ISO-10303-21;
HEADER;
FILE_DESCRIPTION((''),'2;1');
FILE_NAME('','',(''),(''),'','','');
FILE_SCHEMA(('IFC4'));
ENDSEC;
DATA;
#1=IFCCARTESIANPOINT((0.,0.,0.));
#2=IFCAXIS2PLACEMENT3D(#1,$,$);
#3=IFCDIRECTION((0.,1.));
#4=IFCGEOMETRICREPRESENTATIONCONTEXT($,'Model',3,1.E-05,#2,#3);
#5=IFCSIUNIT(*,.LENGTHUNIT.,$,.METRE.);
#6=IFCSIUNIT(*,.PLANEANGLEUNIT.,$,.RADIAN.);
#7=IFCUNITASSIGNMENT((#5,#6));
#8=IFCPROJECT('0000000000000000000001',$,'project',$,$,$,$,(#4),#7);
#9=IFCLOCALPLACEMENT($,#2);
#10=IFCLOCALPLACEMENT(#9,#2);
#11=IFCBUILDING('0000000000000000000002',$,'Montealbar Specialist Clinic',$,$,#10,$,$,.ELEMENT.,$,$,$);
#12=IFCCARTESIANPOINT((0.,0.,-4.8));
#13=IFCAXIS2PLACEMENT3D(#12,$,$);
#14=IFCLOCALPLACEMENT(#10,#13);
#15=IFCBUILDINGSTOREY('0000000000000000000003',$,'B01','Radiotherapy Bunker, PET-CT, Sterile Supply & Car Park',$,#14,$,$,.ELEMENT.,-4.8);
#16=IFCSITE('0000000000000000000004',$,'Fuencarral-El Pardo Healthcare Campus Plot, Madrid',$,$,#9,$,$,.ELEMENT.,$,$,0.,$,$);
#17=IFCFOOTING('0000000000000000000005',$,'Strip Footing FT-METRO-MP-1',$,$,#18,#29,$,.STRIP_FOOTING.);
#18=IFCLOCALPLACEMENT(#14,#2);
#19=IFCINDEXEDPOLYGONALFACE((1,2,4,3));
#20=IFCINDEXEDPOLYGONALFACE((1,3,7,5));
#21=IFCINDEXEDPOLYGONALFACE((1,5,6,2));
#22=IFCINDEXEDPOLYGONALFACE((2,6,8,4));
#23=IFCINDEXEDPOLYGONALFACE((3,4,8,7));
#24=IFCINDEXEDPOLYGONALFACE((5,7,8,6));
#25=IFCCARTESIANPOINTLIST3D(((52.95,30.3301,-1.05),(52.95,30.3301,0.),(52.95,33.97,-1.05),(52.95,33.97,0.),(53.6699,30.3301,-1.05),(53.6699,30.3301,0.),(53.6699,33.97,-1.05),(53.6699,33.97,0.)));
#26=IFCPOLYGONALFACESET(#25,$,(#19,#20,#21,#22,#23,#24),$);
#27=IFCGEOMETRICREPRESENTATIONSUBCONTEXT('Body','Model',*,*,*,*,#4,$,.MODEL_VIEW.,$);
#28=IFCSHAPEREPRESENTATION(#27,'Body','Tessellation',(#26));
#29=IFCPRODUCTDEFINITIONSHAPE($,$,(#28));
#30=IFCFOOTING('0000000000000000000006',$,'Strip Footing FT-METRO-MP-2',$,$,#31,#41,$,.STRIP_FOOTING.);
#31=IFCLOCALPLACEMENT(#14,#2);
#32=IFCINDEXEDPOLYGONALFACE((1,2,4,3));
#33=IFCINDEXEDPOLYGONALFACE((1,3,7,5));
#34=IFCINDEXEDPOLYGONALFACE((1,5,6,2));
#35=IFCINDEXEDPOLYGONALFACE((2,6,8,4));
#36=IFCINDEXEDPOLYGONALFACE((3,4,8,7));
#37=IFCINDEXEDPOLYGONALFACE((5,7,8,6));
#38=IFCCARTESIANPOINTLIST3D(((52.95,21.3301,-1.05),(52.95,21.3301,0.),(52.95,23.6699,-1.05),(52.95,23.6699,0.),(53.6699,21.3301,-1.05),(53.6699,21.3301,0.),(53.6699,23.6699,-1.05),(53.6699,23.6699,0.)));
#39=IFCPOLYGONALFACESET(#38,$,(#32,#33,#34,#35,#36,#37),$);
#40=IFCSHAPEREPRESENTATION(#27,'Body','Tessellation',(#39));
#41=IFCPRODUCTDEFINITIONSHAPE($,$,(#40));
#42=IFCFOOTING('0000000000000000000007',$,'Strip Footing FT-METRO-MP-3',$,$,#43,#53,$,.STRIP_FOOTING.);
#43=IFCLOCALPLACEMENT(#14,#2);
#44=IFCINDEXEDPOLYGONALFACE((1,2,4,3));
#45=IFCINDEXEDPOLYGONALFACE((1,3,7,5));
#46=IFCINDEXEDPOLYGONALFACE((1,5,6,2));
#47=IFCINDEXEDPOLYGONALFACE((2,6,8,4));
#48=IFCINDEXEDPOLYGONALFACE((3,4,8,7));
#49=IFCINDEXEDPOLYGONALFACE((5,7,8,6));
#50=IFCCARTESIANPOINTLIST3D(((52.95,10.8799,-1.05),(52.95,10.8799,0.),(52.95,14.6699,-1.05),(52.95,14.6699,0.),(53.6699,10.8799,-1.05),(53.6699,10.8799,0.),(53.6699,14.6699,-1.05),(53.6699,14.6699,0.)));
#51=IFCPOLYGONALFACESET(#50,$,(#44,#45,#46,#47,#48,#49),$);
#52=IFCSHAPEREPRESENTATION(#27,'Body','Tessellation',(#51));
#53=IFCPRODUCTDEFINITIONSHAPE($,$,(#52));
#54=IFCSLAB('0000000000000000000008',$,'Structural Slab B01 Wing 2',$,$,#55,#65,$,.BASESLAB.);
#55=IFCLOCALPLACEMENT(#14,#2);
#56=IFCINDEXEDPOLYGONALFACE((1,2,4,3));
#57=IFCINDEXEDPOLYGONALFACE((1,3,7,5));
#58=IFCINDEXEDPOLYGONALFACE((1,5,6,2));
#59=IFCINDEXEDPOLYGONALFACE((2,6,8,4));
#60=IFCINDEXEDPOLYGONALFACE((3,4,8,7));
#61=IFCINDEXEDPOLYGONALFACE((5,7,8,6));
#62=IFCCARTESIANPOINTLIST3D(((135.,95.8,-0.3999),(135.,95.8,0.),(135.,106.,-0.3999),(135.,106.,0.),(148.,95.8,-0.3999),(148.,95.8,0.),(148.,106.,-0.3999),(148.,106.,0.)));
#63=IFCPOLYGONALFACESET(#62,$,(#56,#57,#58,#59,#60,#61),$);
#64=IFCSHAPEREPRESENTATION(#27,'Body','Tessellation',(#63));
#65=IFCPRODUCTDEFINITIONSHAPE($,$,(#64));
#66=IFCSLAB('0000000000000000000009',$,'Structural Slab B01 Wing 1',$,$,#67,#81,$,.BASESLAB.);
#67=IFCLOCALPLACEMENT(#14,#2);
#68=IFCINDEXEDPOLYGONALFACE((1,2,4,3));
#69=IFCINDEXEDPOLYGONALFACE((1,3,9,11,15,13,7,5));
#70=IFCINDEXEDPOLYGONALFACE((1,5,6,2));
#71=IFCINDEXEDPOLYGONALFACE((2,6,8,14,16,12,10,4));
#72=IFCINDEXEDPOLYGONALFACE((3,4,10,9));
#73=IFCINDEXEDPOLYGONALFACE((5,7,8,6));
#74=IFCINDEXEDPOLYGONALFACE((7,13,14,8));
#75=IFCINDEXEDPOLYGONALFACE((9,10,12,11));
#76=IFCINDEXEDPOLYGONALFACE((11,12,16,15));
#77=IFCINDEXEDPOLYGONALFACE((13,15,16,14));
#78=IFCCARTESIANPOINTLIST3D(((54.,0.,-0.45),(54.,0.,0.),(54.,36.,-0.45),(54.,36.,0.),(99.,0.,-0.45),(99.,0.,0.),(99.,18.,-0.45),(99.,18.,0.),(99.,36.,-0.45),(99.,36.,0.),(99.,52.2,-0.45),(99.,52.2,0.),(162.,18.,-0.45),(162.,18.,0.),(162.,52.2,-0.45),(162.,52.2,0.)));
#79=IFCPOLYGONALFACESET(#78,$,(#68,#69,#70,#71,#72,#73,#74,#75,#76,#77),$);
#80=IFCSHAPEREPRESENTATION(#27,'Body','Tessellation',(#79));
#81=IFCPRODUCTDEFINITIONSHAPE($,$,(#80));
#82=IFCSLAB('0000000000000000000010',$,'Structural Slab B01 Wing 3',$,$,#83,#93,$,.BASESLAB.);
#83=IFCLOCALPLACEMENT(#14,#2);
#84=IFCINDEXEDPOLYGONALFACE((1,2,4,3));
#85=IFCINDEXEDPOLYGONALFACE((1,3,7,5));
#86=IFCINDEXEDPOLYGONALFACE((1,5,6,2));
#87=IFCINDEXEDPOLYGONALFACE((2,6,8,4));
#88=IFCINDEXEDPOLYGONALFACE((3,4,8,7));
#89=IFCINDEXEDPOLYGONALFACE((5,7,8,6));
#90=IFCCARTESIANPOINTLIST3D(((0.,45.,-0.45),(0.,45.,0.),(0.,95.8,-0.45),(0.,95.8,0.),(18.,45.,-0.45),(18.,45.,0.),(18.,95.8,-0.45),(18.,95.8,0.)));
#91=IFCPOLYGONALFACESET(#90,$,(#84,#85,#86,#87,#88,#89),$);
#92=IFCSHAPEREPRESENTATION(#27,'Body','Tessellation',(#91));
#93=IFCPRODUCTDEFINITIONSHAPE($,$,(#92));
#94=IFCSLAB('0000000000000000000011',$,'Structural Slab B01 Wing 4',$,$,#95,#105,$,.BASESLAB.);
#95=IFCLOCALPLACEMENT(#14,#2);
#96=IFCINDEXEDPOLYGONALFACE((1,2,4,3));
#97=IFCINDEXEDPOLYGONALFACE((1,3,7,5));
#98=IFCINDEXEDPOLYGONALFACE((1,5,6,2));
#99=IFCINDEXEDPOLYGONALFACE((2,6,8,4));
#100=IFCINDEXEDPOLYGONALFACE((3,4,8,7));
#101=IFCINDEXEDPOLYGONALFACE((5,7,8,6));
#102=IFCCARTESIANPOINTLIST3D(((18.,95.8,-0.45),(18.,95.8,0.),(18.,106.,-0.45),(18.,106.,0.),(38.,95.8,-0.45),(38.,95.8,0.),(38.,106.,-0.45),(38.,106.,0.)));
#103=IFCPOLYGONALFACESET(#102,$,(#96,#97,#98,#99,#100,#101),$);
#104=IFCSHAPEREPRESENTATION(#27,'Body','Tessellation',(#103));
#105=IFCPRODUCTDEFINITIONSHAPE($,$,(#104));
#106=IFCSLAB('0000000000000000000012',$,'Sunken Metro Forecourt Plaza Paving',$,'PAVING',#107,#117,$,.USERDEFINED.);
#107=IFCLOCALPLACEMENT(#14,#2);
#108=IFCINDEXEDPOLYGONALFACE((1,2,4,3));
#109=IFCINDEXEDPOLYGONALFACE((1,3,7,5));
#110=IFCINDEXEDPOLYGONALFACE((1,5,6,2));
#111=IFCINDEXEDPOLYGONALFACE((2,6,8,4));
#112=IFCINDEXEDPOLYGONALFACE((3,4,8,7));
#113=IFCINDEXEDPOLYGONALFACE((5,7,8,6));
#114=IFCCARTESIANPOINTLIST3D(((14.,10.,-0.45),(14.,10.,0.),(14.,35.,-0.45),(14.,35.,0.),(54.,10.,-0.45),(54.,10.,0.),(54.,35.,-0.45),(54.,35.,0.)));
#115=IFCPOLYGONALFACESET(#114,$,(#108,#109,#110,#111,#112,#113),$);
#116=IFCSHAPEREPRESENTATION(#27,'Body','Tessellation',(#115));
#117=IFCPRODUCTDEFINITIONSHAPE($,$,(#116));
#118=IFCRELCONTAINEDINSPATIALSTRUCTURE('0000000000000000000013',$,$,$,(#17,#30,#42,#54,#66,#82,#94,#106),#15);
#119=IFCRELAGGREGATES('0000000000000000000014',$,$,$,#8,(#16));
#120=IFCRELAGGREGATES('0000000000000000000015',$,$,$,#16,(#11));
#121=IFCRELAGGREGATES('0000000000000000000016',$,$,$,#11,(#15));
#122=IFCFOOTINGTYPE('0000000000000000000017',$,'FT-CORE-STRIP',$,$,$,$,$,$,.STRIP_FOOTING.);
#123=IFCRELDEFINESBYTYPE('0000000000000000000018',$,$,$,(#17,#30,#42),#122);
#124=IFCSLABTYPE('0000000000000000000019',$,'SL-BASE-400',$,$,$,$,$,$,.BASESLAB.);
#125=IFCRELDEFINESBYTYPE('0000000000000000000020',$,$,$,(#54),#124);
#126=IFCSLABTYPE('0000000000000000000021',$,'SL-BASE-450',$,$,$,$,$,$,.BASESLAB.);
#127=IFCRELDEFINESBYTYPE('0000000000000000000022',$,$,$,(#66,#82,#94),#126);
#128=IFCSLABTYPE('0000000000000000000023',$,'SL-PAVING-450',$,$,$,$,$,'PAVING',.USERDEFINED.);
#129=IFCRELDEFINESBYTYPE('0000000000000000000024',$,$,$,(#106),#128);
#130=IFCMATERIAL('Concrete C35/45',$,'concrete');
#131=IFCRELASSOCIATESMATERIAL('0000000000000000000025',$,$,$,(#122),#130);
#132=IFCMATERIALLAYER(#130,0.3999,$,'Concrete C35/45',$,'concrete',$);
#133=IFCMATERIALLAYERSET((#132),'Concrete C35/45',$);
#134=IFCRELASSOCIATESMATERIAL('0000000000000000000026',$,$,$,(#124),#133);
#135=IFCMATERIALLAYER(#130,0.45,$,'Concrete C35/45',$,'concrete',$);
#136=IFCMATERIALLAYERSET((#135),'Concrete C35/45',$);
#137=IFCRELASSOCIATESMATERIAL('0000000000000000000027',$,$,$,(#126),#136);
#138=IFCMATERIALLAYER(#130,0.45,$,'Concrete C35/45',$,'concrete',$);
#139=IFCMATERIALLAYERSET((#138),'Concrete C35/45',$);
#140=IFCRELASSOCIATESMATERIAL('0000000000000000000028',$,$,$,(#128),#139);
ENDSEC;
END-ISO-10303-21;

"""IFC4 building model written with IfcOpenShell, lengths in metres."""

from ifc_helpers import new_model, si_unit, direction, frame, origin, place, context, subcontext, project, spatial, polyline, outline, extrude, material, layer, layer_set, type_object, element, save


model = new_model("IFC4")

# Units and contexts
model_context = context("Model", 3, precision=1e-05, world=origin(), true_north=direction((0.0, 1.0)))
body_context = subcontext(model_context, "Body", "Model", "MODEL_VIEW")
ifc_project = project(units=[si_unit("LENGTHUNIT", "METRE"), si_unit("PLANEANGLEUNIT", "RADIAN")], contexts=[model_context])

# Site, building, storey
site_placement = place(None, origin())
site = spatial("IfcSite", under=ifc_project, at=site_placement, Name="Fuencarral-El Pardo Healthcare Campus Plot, Madrid", CompositionType="ELEMENT", RefElevation=0.0)
building_placement = place(site_placement, origin())
building = spatial("IfcBuilding", under=site, at=building_placement, Name="Montealbar Specialist Clinic", CompositionType="ELEMENT")
storey_placement = place(building_placement, frame((0.0, 0.0, -4.8)))
storey = spatial("IfcBuildingStorey", under=building, at=storey_placement, Name="B01", Description="Radiotherapy Bunker, PET-CT, Sterile Supply & Car Park", CompositionType="ELEMENT", Elevation=-4.8)

# Footings
ifc_material = material(Name="Concrete C35/45", Category="concrete")
footing_type_1 = type_object("IfcFootingType", Name="FT-CORE-STRIP", PredefinedType="STRIP_FOOTING", material=ifc_material)
footing_1_placement = place(storey_placement, frame((0.0, 0.0, -1.05)))
element("IfcFooting", 1, at=footing_1_placement, inside=storey, type_object=footing_type_1, Name="Strip Footing FT-METRO-MP-1", PredefinedType="STRIP_FOOTING", context=body_context, shape_type="SweptSolid", body=[
    extrude(outline(polyline([(52.95, 33.97), (53.6699, 33.97), (53.6699, 30.3301), (52.95, 30.3301), (52.95, 33.97)])), origin(), (0.0, 0.0, 1.0), 1.05),
])
footing_2_placement = place(storey_placement, frame((0.0, 0.0, -1.05)))
element("IfcFooting", 2, at=footing_2_placement, inside=storey, type_object=footing_type_1, Name="Strip Footing FT-METRO-MP-2", PredefinedType="STRIP_FOOTING", context=body_context, shape_type="SweptSolid", body=[
    extrude(outline(polyline([(52.95, 21.3301), (52.95, 23.6699), (53.6699, 23.6699), (53.6699, 21.3301), (52.95, 21.3301)])), origin(), (0.0, 0.0, 1.0), 1.05),
])
footing_3_placement = place(storey_placement, frame((0.0, 0.0, -1.05)))
element("IfcFooting", 3, at=footing_3_placement, inside=storey, type_object=footing_type_1, Name="Strip Footing FT-METRO-MP-3", PredefinedType="STRIP_FOOTING", context=body_context, shape_type="SweptSolid", body=[
    extrude(outline(polyline([(52.95, 14.6699), (53.6699, 14.6699), (53.6699, 10.8799), (52.95, 10.8799), (52.95, 14.6699)])), origin(), (0.0, 0.0, 1.0), 1.05),
])

# Slabs
ifc_layer_1 = layer(ifc_material, 0.3999, Name="Concrete C35/45", Category="concrete")
ifc_layer_set_1 = layer_set([ifc_layer_1], Name="Concrete C35/45")
slab_type_1 = type_object("IfcSlabType", Name="SL-BASE-400", PredefinedType="BASESLAB", material=ifc_layer_set_1)
slab_1_placement = place(storey_placement, frame((0.0, 0.0, -0.3999)))
element("IfcSlab", 4, at=slab_1_placement, inside=storey, type_object=slab_type_1, Name="Structural Slab B01 Wing 2", PredefinedType="BASESLAB", context=body_context, shape_type="SweptSolid", body=[
    extrude(outline(polyline([(148.0, 95.8), (135.0, 95.8), (135.0, 106.0), (148.0, 106.0), (148.0, 95.8)])), origin(), (0.0, 0.0, 1.0), 0.3999),
])
ifc_layer_2 = layer(ifc_material, 0.45, Name="Concrete C35/45", Category="concrete")
ifc_layer_set_2 = layer_set([ifc_layer_2], Name="Concrete C35/45")
slab_type_2 = type_object("IfcSlabType", Name="SL-BASE-450", PredefinedType="BASESLAB", material=ifc_layer_set_2)
slab_2_placement = place(storey_placement, frame((0.0, 0.0, -0.45)))
element("IfcSlab", 5, at=slab_2_placement, inside=storey, type_object=slab_type_2, Name="Structural Slab B01 Wing 1", PredefinedType="BASESLAB", context=body_context, shape_type="SweptSolid", body=[
    extrude(outline(polyline([(54.0, 0.0), (54.0, 36.0), (99.0, 36.0), (99.0, 52.2), (162.0, 52.2), (162.0, 18.0), (99.0, 18.0), (99.0, 0.0), (54.0, 0.0)])), origin(), (0.0, 0.0, 1.0), 0.45),
])
slab_3_placement = place(storey_placement, frame((0.0, 0.0, -0.45)))
element("IfcSlab", 6, at=slab_3_placement, inside=storey, type_object=slab_type_2, Name="Structural Slab B01 Wing 3", PredefinedType="BASESLAB", context=body_context, shape_type="SweptSolid", body=[
    extrude(outline(polyline([(0.0, 45.0), (0.0, 95.8), (18.0, 95.8), (18.0, 45.0), (0.0, 45.0)])), origin(), (0.0, 0.0, 1.0), 0.45),
])
slab_4_placement = place(storey_placement, frame((0.0, 0.0, -0.45)))
element("IfcSlab", 7, at=slab_4_placement, inside=storey, type_object=slab_type_2, Name="Structural Slab B01 Wing 4", PredefinedType="BASESLAB", context=body_context, shape_type="SweptSolid", body=[
    extrude(outline(polyline([(18.0, 95.8), (18.0, 106.0), (38.0, 106.0), (38.0, 95.8), (18.0, 95.8)])), origin(), (0.0, 0.0, 1.0), 0.45),
])
ifc_layer_3 = layer(ifc_material, 0.45, Name="Concrete C35/45", Category="concrete")
ifc_layer_set_3 = layer_set([ifc_layer_3], Name="Concrete C35/45")
slab_type_3 = type_object("IfcSlabType", Name="SL-PAVING-450", ElementType="PAVING", PredefinedType="USERDEFINED", material=ifc_layer_set_3)
slab_5_placement = place(storey_placement, frame((0.0, 0.0, -0.45)))
element("IfcSlab", 8, at=slab_5_placement, inside=storey, type_object=slab_type_3, Name="Sunken Metro Forecourt Plaza Paving", ObjectType="PAVING", PredefinedType="USERDEFINED", context=body_context, shape_type="SweptSolid", body=[
    extrude(outline(polyline([(54.0, 10.0), (54.0, 35.0), (14.0, 35.0), (14.0, 10.0), (54.0, 10.0)])), origin(), (0.0, 0.0, 1.0), 0.45),
])

save(model, "model.ifc")
